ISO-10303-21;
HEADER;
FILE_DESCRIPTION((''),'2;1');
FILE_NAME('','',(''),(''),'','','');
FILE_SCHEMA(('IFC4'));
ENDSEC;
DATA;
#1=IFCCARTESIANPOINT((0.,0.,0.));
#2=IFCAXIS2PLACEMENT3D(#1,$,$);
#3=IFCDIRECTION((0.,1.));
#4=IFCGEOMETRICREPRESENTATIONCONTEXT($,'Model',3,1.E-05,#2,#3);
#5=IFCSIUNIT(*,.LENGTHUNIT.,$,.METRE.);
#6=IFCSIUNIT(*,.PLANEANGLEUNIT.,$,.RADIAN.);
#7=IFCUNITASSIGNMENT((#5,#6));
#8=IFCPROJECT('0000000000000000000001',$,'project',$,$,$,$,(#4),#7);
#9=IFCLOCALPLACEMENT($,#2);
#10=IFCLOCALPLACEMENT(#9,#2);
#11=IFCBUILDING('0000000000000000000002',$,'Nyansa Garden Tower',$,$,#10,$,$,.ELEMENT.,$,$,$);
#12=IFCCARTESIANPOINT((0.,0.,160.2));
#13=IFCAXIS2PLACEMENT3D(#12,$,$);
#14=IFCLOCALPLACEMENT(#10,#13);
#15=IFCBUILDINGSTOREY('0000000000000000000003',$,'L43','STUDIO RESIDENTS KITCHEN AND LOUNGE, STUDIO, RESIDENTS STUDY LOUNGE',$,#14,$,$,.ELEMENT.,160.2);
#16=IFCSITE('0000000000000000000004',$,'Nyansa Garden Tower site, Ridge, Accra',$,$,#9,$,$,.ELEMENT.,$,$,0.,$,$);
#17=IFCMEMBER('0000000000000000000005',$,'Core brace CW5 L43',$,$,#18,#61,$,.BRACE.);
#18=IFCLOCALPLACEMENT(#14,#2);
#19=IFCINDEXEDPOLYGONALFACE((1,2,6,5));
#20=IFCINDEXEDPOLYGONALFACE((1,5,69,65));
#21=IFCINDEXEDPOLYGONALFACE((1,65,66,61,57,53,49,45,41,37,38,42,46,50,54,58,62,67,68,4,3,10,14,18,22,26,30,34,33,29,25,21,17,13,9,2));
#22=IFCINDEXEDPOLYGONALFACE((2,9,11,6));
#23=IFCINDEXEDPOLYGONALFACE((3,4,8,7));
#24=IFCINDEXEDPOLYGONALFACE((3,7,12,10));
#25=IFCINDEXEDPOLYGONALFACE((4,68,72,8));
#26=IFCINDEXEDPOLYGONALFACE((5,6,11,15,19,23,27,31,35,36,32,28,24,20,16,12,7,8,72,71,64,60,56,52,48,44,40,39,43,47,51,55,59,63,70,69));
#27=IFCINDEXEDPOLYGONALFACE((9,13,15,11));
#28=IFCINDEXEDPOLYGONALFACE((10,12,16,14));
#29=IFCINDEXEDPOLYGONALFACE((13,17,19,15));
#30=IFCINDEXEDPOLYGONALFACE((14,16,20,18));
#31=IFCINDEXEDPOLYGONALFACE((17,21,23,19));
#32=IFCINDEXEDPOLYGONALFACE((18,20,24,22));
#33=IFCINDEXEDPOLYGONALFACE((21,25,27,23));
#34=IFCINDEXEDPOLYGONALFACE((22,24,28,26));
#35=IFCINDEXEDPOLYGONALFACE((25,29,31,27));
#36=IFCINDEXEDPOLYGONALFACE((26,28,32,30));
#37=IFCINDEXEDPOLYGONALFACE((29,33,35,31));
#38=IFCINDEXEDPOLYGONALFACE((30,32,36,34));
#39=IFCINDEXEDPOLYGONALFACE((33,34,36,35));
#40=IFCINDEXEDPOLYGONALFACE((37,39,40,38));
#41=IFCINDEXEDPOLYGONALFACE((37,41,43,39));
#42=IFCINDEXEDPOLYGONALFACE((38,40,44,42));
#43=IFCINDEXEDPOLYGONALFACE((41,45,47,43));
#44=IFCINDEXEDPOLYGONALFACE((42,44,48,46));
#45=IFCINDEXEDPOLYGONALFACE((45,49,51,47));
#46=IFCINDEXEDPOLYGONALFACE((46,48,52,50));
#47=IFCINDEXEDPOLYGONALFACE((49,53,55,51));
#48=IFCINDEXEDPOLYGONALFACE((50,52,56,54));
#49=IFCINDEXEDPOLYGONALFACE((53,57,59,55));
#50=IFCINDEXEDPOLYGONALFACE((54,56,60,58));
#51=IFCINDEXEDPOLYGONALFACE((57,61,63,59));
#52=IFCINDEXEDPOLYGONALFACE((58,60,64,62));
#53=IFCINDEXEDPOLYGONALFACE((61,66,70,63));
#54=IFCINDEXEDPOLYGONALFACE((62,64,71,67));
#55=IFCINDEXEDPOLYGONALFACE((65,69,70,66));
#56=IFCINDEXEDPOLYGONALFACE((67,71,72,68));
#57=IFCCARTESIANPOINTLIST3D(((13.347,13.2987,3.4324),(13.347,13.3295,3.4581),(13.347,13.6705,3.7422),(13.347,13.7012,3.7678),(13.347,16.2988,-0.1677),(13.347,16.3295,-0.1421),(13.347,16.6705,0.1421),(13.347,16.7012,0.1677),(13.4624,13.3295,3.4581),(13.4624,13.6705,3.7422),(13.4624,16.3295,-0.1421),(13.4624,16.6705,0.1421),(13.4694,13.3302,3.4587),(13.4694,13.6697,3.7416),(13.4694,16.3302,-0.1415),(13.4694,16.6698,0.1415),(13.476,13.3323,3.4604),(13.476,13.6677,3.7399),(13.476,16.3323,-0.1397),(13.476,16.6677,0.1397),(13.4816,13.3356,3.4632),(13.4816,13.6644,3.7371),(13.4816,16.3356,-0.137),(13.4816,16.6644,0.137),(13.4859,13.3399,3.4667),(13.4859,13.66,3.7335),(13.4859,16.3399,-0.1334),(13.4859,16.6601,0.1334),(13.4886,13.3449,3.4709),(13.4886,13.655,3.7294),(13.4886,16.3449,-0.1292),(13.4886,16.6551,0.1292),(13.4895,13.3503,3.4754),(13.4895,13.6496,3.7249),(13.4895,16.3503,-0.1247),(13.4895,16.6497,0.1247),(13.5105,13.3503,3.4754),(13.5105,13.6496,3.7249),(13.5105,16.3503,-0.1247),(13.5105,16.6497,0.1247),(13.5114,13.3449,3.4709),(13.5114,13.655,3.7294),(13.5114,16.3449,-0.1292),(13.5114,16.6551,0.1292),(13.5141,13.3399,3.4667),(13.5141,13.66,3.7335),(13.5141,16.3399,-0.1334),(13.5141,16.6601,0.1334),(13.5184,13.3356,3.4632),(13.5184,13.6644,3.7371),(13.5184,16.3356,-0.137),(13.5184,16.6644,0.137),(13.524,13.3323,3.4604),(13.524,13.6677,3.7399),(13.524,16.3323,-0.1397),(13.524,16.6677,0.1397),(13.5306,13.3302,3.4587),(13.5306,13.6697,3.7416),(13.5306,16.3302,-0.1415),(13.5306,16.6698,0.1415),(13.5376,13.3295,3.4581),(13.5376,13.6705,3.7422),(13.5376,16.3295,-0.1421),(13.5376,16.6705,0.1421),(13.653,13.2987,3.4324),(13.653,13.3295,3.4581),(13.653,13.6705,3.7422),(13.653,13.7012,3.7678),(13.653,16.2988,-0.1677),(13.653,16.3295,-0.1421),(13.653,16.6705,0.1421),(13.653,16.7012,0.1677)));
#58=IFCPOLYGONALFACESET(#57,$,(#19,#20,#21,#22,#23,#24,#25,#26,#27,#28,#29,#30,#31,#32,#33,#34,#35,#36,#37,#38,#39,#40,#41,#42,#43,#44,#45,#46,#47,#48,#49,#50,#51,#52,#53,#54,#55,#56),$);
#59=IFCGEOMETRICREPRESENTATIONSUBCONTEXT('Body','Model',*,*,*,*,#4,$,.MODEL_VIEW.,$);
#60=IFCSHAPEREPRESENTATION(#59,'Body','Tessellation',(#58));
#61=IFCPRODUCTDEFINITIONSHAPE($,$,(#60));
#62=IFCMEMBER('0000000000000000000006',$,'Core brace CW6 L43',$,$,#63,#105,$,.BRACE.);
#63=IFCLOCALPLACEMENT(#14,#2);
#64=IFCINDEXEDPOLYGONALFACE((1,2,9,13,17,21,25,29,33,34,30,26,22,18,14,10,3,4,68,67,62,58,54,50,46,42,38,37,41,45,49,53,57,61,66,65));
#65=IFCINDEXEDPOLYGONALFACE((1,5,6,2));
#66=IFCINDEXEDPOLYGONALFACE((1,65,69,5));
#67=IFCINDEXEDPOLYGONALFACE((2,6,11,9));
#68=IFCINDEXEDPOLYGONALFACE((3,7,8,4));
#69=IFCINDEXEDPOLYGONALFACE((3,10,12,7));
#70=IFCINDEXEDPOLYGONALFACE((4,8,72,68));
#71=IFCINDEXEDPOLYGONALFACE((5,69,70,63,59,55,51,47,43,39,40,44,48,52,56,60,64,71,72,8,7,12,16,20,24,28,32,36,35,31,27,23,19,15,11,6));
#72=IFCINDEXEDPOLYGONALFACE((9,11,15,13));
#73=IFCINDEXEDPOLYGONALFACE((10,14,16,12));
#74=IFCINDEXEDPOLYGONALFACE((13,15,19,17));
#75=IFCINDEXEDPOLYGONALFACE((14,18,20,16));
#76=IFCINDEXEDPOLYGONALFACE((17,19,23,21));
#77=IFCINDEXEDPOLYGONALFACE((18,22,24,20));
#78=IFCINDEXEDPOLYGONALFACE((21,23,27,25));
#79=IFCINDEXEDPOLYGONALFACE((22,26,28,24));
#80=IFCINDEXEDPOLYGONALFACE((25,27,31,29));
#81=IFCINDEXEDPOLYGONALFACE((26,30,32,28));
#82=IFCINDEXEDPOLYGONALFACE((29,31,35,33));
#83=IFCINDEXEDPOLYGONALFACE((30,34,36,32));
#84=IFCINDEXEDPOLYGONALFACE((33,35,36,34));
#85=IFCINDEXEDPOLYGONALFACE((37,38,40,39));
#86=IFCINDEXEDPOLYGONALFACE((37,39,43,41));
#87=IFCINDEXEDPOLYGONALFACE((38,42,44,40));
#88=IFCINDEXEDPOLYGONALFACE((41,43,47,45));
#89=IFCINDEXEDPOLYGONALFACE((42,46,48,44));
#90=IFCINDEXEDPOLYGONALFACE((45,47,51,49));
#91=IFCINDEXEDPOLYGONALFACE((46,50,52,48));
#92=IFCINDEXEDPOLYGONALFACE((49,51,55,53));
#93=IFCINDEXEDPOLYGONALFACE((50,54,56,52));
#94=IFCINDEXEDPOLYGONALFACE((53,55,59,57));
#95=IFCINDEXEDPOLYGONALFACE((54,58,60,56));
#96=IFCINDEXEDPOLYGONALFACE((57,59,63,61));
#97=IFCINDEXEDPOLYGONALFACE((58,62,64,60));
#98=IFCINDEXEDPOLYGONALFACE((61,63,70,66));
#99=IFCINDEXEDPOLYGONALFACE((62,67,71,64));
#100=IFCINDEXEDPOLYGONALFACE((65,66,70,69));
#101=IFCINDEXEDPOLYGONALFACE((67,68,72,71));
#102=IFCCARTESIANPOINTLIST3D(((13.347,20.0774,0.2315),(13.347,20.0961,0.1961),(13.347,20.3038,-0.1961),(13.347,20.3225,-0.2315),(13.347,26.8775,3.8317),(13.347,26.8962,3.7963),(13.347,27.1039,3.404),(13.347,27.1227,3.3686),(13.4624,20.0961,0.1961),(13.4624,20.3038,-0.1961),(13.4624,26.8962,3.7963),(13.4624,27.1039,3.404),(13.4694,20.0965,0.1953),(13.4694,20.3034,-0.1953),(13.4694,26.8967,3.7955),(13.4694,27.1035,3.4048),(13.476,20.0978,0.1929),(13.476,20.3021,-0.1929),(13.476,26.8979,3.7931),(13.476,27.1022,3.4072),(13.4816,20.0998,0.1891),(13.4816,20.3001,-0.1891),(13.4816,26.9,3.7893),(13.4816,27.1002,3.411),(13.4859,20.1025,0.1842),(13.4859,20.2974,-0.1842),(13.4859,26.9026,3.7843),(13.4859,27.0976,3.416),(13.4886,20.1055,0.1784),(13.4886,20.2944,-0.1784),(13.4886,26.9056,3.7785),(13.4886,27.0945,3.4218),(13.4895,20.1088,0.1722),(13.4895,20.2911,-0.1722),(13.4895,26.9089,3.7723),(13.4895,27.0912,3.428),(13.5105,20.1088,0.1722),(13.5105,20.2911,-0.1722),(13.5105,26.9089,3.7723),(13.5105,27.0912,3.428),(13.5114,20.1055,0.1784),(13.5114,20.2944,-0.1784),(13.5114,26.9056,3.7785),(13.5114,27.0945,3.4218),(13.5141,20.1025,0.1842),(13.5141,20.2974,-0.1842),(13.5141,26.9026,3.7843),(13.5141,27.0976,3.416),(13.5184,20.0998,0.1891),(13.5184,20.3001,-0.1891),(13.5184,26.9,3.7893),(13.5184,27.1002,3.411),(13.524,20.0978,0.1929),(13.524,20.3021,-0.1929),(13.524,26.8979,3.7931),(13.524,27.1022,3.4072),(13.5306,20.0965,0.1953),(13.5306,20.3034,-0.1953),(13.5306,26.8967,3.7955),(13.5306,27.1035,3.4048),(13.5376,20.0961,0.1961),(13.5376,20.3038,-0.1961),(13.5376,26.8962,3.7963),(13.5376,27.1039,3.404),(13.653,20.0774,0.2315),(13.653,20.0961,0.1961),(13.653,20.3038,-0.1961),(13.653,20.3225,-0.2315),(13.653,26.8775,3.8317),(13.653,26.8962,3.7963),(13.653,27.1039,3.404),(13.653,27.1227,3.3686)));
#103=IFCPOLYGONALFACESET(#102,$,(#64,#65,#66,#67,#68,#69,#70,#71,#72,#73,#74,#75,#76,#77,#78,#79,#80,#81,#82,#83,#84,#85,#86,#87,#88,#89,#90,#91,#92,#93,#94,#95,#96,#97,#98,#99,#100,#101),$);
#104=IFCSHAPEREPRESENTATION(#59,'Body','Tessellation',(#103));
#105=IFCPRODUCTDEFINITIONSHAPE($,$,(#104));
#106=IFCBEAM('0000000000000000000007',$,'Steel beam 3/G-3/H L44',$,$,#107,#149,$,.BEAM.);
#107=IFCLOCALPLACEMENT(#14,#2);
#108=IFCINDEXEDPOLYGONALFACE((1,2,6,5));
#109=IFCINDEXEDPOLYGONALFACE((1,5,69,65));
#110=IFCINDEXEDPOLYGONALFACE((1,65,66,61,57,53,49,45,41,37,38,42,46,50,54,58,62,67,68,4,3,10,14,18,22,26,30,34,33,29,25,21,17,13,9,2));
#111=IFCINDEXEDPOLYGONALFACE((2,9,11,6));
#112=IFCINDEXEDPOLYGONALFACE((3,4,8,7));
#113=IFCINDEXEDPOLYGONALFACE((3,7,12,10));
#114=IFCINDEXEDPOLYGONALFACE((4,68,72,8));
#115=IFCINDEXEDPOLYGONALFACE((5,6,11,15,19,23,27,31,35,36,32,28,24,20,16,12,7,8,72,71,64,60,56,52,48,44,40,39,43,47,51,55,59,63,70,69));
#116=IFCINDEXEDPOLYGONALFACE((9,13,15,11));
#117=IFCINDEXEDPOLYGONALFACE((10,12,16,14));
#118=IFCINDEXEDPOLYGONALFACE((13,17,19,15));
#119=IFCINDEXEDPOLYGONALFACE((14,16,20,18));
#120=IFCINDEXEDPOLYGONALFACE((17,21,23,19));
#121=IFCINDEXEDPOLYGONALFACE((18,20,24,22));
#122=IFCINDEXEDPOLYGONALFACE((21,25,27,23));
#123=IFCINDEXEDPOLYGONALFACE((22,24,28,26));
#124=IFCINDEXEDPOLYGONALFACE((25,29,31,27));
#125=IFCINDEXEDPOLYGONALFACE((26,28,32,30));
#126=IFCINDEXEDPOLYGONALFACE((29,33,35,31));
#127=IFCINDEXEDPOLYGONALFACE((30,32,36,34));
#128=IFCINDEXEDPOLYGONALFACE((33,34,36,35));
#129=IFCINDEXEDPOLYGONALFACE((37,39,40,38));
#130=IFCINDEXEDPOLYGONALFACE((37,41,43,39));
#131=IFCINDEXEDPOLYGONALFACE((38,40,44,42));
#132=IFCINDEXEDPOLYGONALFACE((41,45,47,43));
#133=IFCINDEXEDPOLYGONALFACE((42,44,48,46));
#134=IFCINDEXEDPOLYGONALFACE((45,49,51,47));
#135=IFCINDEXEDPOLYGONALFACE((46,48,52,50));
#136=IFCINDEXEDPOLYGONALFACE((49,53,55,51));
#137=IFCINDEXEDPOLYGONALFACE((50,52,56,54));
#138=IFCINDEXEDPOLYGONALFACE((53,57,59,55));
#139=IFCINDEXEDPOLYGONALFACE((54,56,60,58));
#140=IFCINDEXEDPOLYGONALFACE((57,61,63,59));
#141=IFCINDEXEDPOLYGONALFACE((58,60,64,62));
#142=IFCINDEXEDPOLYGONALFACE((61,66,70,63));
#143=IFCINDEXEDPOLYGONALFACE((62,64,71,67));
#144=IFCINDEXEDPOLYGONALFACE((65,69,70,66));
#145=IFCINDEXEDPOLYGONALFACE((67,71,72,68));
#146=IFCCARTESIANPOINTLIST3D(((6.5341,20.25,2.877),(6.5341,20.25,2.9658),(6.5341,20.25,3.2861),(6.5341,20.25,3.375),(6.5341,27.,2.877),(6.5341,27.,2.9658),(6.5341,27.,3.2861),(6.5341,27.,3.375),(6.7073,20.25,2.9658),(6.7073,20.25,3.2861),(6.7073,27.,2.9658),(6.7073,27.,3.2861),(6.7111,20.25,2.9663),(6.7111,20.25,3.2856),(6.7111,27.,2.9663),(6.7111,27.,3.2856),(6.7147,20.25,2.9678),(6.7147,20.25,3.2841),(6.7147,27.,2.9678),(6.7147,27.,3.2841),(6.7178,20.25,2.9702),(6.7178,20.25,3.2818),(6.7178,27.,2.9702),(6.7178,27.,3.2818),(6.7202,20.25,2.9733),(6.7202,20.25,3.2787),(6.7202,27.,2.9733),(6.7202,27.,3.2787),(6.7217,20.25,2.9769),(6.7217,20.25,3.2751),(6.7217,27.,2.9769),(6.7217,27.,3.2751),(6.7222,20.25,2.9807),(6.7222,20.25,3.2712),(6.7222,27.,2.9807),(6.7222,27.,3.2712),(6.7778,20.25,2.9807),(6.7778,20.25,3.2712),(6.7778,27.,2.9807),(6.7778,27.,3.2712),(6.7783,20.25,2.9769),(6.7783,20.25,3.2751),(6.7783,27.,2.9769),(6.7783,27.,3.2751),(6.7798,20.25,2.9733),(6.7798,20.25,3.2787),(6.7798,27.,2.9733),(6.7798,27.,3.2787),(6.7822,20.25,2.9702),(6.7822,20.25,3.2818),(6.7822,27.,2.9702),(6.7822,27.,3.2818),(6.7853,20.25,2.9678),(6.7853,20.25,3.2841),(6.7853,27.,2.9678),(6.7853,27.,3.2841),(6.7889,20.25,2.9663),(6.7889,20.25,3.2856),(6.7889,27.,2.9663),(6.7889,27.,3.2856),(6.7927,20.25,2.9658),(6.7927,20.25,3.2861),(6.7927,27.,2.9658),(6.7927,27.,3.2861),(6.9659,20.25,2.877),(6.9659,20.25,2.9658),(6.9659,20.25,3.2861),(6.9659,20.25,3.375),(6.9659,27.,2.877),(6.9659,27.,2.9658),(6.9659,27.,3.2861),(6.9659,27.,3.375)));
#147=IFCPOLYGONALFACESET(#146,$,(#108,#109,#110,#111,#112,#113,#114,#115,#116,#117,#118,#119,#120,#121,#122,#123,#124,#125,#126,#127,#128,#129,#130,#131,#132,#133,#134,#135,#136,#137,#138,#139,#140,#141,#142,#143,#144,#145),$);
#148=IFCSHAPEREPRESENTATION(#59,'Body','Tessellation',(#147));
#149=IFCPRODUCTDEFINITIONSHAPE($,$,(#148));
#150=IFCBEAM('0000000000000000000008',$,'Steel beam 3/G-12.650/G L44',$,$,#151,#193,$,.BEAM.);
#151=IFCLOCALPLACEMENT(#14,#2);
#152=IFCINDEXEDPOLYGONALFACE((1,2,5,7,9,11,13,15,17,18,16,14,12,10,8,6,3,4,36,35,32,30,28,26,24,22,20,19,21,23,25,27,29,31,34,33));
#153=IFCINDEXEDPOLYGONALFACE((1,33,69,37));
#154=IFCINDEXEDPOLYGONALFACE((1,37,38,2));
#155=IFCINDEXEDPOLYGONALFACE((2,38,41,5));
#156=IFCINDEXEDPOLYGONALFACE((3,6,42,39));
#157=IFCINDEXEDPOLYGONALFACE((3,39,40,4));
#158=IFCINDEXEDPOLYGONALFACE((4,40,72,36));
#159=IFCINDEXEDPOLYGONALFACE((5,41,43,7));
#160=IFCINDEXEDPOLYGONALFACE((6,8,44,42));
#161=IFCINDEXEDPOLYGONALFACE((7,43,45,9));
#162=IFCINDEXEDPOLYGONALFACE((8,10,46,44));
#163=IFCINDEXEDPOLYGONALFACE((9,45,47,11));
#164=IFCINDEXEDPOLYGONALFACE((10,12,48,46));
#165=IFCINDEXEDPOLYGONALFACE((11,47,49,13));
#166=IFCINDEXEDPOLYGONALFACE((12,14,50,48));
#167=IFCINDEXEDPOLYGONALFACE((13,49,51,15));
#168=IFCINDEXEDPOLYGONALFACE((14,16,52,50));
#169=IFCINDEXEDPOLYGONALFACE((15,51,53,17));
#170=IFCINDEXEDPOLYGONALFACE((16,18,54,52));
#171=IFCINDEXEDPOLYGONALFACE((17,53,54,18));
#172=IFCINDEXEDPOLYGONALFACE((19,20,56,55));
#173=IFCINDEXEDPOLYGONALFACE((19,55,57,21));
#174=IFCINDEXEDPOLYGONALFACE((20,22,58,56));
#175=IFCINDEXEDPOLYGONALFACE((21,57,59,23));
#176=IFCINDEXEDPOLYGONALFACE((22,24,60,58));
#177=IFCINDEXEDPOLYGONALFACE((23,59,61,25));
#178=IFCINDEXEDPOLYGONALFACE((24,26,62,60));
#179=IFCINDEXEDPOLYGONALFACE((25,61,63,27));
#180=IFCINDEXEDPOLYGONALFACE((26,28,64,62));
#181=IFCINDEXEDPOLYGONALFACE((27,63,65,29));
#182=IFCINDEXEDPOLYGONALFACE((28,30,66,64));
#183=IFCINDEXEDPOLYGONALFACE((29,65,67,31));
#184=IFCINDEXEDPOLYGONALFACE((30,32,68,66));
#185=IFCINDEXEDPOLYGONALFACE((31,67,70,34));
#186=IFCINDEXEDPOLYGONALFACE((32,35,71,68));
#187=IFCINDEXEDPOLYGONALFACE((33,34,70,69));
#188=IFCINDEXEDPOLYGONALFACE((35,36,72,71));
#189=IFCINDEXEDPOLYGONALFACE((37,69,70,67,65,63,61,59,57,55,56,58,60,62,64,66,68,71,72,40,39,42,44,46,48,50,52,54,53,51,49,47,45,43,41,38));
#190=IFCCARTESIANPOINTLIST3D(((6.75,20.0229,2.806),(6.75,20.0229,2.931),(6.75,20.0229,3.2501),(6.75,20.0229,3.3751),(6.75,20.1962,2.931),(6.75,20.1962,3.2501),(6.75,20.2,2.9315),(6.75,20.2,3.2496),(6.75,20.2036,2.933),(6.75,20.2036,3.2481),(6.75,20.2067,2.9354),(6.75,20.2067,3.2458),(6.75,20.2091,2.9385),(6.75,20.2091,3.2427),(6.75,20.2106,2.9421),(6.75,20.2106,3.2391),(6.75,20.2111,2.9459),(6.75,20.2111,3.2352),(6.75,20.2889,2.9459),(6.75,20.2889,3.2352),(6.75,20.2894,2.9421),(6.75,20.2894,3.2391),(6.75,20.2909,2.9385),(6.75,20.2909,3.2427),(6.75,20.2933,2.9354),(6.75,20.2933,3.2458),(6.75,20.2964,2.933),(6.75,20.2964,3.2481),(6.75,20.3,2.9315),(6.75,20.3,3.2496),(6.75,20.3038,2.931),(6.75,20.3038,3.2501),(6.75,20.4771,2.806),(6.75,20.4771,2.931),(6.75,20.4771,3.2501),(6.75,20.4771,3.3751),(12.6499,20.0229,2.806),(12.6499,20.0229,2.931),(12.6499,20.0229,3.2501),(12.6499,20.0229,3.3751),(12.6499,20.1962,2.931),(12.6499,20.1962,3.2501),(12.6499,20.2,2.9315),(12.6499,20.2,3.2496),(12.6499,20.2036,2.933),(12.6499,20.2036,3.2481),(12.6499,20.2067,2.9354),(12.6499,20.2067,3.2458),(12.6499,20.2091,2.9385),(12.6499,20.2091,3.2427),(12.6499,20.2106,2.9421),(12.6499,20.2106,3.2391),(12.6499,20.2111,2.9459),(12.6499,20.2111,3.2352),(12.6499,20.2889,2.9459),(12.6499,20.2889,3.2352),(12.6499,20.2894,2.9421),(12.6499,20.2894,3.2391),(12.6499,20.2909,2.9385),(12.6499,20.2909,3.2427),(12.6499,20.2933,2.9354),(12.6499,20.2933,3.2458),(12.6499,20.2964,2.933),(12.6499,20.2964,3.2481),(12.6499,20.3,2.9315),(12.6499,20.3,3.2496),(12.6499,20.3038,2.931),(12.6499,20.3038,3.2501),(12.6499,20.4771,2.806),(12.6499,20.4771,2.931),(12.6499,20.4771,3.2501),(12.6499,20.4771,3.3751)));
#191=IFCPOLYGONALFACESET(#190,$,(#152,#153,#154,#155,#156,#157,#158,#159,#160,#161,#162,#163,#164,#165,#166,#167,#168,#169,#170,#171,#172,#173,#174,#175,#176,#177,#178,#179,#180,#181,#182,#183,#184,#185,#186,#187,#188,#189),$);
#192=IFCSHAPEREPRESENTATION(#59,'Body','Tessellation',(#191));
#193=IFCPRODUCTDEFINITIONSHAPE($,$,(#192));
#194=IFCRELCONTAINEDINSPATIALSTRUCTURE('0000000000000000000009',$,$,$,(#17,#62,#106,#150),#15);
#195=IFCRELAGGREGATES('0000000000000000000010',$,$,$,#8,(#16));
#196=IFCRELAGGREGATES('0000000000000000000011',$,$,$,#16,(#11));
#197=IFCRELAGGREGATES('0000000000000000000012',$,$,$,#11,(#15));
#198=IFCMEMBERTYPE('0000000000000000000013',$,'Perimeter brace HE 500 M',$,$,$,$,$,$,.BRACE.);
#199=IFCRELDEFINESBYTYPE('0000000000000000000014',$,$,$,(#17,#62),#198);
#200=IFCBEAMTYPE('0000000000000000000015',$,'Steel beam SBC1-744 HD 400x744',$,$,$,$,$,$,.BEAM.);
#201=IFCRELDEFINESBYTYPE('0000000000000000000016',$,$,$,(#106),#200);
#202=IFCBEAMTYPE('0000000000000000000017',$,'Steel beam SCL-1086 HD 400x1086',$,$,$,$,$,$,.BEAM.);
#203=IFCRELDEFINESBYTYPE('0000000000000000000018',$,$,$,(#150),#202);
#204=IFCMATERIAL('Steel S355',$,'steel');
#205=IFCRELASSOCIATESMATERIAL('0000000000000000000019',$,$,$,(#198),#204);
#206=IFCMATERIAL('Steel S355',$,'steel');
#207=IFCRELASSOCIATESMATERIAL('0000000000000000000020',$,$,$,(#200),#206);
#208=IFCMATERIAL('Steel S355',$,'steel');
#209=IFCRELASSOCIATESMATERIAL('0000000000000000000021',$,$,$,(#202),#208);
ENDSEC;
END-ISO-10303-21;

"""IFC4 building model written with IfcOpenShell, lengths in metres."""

from ifc_helpers import new_model, si_unit, direction, frame, origin, origin_2d, place, context, subcontext, project, spatial, i_section, extrude, material, material_profile, profile_set, type_object, element, save


model = new_model("IFC4")

# Units and contexts
model_context = context("Model", 3, precision=1e-05, world=origin(), true_north=direction((0.0, 1.0)))
body_context = subcontext(model_context, "Body", "Model", "MODEL_VIEW")
ifc_project = project(units=[si_unit("LENGTHUNIT", "METRE"), si_unit("PLANEANGLEUNIT", "RADIAN")], contexts=[model_context])

# Site, building, storey
site_placement = place(None, origin())
site = spatial("IfcSite", under=ifc_project, at=site_placement, Name="Nyansa Garden Tower site, Ridge, Accra", CompositionType="ELEMENT", RefElevation=0.0)
building_placement = place(site_placement, origin())
building = spatial("IfcBuilding", under=site, at=building_placement, Name="Nyansa Garden Tower", CompositionType="ELEMENT")
storey_placement = place(building_placement, frame((0.0, 0.0, 160.2)))
storey = spatial("IfcBuildingStorey", under=building, at=storey_placement, Name="L43", Description="STUDIO RESIDENTS KITCHEN AND LOUNGE, STUDIO, RESIDENTS STUDY LOUNGE", CompositionType="ELEMENT", Elevation=160.2)

# Members
ifc_material_1 = material(Name="Steel S355", Category="steel")
ifc_material_profile_1 = material_profile(ifc_material_1, i_section(OverallWidth=0.3059, OverallDepth=0.5239, WebThickness=0.021, FlangeThickness=0.04, FilletRadius=0.0271, at=origin_2d()), Name="HE 500 M")
ifc_profile_set_1 = profile_set([ifc_material_profile_1], Name="Steel S355")
member_type = type_object("IfcMemberType", Name="Perimeter brace HE 500 M", PredefinedType="BRACE", material=ifc_profile_set_1)
member_1_placement = place(storey_placement, frame((13.5, 16.5, 0.0), z_axis=(0.0, -0.640174, 0.76823), x_axis=(1.0, 0.0, 0.0)))
element("IfcMember", 1, at=member_1_placement, inside=storey, type_object=member_type, Name="Core brace CW5 L43", PredefinedType="BRACE", context=body_context, shape_type="SweptSolid", body=[
    extrude(i_section(OverallWidth=0.3059, OverallDepth=0.5239, WebThickness=0.021, FlangeThickness=0.04, FilletRadius=0.0271, at=origin_2d()), origin(), (0.0, 0.0, 1.0), 4.6863),
])
member_2_placement = place(storey_placement, frame((13.5, 20.2, 0.0), z_axis=(0.0, 0.883784, 0.467895), x_axis=(-1.0, 0.0, 0.0)))
element("IfcMember", 2, at=member_2_placement, inside=storey, type_object=member_type, Name="Core brace CW6 L43", PredefinedType="BRACE", context=body_context, shape_type="SweptSolid", body=[
    extrude(i_section(OverallWidth=0.3059, OverallDepth=0.5239, WebThickness=0.021, FlangeThickness=0.04, FilletRadius=0.0271, at=origin_2d()), origin(), (0.0, 0.0, 1.0), 7.6943),
])

# Beams
ifc_material_2 = material(Name="Steel S355", Category="steel")
ifc_material_profile_2 = material_profile(ifc_material_2, i_section(OverallWidth=0.4319, OverallDepth=0.498, WebThickness=0.0557, FlangeThickness=0.0889, FilletRadius=0.0149, at=origin_2d()), Name="HD 400x744")
ifc_profile_set_2 = profile_set([ifc_material_profile_2], Name="Steel S355")
beam_type_1 = type_object("IfcBeamType", Name="Steel beam SBC1-744 HD 400x744", PredefinedType="BEAM", material=ifc_profile_set_2)
beam_1_placement = place(storey_placement, frame((6.75, 20.25, 3.126), z_axis=(0.0, 1.0, 0.0), x_axis=(-1.0, 0.0, 0.0)))
element("IfcBeam", 3, at=beam_1_placement, inside=storey, type_object=beam_type_1, Name="Steel beam 3/G-3/H L44", PredefinedType="BEAM", context=body_context, shape_type="SweptSolid", body=[
    extrude(i_section(OverallWidth=0.4319, OverallDepth=0.498, WebThickness=0.0557, FlangeThickness=0.0889, FilletRadius=0.0149, at=origin_2d()), origin(), (0.0, 0.0, 1.0), 6.75),
])
ifc_material_3 = material(Name="Steel S355", Category="steel")
ifc_material_profile_3 = material_profile(ifc_material_3, i_section(OverallWidth=0.4541, OverallDepth=0.5691, WebThickness=0.0779, FlangeThickness=0.125, FilletRadius=0.0149, at=origin_2d()), Name="HD 400x1086")
ifc_profile_set_3 = profile_set([ifc_material_profile_3], Name="Steel S355")
beam_type_2 = type_object("IfcBeamType", Name="Steel beam SCL-1086 HD 400x1086", PredefinedType="BEAM", material=ifc_profile_set_3)
beam_2_placement = place(storey_placement, frame((6.75, 20.25, 3.0906), z_axis=(1.0, 0.0, 0.0), x_axis=(0.0, 1.0, 0.0)))
element("IfcBeam", 4, at=beam_2_placement, inside=storey, type_object=beam_type_2, Name="Steel beam 3/G-12.650/G L44", PredefinedType="BEAM", context=body_context, shape_type="SweptSolid", body=[
    extrude(i_section(OverallWidth=0.4541, OverallDepth=0.5691, WebThickness=0.0779, FlangeThickness=0.125, FilletRadius=0.0149, at=origin_2d()), origin(), (0.0, 0.0, 1.0), 5.8999),
])

save(model, "model.ifc")
